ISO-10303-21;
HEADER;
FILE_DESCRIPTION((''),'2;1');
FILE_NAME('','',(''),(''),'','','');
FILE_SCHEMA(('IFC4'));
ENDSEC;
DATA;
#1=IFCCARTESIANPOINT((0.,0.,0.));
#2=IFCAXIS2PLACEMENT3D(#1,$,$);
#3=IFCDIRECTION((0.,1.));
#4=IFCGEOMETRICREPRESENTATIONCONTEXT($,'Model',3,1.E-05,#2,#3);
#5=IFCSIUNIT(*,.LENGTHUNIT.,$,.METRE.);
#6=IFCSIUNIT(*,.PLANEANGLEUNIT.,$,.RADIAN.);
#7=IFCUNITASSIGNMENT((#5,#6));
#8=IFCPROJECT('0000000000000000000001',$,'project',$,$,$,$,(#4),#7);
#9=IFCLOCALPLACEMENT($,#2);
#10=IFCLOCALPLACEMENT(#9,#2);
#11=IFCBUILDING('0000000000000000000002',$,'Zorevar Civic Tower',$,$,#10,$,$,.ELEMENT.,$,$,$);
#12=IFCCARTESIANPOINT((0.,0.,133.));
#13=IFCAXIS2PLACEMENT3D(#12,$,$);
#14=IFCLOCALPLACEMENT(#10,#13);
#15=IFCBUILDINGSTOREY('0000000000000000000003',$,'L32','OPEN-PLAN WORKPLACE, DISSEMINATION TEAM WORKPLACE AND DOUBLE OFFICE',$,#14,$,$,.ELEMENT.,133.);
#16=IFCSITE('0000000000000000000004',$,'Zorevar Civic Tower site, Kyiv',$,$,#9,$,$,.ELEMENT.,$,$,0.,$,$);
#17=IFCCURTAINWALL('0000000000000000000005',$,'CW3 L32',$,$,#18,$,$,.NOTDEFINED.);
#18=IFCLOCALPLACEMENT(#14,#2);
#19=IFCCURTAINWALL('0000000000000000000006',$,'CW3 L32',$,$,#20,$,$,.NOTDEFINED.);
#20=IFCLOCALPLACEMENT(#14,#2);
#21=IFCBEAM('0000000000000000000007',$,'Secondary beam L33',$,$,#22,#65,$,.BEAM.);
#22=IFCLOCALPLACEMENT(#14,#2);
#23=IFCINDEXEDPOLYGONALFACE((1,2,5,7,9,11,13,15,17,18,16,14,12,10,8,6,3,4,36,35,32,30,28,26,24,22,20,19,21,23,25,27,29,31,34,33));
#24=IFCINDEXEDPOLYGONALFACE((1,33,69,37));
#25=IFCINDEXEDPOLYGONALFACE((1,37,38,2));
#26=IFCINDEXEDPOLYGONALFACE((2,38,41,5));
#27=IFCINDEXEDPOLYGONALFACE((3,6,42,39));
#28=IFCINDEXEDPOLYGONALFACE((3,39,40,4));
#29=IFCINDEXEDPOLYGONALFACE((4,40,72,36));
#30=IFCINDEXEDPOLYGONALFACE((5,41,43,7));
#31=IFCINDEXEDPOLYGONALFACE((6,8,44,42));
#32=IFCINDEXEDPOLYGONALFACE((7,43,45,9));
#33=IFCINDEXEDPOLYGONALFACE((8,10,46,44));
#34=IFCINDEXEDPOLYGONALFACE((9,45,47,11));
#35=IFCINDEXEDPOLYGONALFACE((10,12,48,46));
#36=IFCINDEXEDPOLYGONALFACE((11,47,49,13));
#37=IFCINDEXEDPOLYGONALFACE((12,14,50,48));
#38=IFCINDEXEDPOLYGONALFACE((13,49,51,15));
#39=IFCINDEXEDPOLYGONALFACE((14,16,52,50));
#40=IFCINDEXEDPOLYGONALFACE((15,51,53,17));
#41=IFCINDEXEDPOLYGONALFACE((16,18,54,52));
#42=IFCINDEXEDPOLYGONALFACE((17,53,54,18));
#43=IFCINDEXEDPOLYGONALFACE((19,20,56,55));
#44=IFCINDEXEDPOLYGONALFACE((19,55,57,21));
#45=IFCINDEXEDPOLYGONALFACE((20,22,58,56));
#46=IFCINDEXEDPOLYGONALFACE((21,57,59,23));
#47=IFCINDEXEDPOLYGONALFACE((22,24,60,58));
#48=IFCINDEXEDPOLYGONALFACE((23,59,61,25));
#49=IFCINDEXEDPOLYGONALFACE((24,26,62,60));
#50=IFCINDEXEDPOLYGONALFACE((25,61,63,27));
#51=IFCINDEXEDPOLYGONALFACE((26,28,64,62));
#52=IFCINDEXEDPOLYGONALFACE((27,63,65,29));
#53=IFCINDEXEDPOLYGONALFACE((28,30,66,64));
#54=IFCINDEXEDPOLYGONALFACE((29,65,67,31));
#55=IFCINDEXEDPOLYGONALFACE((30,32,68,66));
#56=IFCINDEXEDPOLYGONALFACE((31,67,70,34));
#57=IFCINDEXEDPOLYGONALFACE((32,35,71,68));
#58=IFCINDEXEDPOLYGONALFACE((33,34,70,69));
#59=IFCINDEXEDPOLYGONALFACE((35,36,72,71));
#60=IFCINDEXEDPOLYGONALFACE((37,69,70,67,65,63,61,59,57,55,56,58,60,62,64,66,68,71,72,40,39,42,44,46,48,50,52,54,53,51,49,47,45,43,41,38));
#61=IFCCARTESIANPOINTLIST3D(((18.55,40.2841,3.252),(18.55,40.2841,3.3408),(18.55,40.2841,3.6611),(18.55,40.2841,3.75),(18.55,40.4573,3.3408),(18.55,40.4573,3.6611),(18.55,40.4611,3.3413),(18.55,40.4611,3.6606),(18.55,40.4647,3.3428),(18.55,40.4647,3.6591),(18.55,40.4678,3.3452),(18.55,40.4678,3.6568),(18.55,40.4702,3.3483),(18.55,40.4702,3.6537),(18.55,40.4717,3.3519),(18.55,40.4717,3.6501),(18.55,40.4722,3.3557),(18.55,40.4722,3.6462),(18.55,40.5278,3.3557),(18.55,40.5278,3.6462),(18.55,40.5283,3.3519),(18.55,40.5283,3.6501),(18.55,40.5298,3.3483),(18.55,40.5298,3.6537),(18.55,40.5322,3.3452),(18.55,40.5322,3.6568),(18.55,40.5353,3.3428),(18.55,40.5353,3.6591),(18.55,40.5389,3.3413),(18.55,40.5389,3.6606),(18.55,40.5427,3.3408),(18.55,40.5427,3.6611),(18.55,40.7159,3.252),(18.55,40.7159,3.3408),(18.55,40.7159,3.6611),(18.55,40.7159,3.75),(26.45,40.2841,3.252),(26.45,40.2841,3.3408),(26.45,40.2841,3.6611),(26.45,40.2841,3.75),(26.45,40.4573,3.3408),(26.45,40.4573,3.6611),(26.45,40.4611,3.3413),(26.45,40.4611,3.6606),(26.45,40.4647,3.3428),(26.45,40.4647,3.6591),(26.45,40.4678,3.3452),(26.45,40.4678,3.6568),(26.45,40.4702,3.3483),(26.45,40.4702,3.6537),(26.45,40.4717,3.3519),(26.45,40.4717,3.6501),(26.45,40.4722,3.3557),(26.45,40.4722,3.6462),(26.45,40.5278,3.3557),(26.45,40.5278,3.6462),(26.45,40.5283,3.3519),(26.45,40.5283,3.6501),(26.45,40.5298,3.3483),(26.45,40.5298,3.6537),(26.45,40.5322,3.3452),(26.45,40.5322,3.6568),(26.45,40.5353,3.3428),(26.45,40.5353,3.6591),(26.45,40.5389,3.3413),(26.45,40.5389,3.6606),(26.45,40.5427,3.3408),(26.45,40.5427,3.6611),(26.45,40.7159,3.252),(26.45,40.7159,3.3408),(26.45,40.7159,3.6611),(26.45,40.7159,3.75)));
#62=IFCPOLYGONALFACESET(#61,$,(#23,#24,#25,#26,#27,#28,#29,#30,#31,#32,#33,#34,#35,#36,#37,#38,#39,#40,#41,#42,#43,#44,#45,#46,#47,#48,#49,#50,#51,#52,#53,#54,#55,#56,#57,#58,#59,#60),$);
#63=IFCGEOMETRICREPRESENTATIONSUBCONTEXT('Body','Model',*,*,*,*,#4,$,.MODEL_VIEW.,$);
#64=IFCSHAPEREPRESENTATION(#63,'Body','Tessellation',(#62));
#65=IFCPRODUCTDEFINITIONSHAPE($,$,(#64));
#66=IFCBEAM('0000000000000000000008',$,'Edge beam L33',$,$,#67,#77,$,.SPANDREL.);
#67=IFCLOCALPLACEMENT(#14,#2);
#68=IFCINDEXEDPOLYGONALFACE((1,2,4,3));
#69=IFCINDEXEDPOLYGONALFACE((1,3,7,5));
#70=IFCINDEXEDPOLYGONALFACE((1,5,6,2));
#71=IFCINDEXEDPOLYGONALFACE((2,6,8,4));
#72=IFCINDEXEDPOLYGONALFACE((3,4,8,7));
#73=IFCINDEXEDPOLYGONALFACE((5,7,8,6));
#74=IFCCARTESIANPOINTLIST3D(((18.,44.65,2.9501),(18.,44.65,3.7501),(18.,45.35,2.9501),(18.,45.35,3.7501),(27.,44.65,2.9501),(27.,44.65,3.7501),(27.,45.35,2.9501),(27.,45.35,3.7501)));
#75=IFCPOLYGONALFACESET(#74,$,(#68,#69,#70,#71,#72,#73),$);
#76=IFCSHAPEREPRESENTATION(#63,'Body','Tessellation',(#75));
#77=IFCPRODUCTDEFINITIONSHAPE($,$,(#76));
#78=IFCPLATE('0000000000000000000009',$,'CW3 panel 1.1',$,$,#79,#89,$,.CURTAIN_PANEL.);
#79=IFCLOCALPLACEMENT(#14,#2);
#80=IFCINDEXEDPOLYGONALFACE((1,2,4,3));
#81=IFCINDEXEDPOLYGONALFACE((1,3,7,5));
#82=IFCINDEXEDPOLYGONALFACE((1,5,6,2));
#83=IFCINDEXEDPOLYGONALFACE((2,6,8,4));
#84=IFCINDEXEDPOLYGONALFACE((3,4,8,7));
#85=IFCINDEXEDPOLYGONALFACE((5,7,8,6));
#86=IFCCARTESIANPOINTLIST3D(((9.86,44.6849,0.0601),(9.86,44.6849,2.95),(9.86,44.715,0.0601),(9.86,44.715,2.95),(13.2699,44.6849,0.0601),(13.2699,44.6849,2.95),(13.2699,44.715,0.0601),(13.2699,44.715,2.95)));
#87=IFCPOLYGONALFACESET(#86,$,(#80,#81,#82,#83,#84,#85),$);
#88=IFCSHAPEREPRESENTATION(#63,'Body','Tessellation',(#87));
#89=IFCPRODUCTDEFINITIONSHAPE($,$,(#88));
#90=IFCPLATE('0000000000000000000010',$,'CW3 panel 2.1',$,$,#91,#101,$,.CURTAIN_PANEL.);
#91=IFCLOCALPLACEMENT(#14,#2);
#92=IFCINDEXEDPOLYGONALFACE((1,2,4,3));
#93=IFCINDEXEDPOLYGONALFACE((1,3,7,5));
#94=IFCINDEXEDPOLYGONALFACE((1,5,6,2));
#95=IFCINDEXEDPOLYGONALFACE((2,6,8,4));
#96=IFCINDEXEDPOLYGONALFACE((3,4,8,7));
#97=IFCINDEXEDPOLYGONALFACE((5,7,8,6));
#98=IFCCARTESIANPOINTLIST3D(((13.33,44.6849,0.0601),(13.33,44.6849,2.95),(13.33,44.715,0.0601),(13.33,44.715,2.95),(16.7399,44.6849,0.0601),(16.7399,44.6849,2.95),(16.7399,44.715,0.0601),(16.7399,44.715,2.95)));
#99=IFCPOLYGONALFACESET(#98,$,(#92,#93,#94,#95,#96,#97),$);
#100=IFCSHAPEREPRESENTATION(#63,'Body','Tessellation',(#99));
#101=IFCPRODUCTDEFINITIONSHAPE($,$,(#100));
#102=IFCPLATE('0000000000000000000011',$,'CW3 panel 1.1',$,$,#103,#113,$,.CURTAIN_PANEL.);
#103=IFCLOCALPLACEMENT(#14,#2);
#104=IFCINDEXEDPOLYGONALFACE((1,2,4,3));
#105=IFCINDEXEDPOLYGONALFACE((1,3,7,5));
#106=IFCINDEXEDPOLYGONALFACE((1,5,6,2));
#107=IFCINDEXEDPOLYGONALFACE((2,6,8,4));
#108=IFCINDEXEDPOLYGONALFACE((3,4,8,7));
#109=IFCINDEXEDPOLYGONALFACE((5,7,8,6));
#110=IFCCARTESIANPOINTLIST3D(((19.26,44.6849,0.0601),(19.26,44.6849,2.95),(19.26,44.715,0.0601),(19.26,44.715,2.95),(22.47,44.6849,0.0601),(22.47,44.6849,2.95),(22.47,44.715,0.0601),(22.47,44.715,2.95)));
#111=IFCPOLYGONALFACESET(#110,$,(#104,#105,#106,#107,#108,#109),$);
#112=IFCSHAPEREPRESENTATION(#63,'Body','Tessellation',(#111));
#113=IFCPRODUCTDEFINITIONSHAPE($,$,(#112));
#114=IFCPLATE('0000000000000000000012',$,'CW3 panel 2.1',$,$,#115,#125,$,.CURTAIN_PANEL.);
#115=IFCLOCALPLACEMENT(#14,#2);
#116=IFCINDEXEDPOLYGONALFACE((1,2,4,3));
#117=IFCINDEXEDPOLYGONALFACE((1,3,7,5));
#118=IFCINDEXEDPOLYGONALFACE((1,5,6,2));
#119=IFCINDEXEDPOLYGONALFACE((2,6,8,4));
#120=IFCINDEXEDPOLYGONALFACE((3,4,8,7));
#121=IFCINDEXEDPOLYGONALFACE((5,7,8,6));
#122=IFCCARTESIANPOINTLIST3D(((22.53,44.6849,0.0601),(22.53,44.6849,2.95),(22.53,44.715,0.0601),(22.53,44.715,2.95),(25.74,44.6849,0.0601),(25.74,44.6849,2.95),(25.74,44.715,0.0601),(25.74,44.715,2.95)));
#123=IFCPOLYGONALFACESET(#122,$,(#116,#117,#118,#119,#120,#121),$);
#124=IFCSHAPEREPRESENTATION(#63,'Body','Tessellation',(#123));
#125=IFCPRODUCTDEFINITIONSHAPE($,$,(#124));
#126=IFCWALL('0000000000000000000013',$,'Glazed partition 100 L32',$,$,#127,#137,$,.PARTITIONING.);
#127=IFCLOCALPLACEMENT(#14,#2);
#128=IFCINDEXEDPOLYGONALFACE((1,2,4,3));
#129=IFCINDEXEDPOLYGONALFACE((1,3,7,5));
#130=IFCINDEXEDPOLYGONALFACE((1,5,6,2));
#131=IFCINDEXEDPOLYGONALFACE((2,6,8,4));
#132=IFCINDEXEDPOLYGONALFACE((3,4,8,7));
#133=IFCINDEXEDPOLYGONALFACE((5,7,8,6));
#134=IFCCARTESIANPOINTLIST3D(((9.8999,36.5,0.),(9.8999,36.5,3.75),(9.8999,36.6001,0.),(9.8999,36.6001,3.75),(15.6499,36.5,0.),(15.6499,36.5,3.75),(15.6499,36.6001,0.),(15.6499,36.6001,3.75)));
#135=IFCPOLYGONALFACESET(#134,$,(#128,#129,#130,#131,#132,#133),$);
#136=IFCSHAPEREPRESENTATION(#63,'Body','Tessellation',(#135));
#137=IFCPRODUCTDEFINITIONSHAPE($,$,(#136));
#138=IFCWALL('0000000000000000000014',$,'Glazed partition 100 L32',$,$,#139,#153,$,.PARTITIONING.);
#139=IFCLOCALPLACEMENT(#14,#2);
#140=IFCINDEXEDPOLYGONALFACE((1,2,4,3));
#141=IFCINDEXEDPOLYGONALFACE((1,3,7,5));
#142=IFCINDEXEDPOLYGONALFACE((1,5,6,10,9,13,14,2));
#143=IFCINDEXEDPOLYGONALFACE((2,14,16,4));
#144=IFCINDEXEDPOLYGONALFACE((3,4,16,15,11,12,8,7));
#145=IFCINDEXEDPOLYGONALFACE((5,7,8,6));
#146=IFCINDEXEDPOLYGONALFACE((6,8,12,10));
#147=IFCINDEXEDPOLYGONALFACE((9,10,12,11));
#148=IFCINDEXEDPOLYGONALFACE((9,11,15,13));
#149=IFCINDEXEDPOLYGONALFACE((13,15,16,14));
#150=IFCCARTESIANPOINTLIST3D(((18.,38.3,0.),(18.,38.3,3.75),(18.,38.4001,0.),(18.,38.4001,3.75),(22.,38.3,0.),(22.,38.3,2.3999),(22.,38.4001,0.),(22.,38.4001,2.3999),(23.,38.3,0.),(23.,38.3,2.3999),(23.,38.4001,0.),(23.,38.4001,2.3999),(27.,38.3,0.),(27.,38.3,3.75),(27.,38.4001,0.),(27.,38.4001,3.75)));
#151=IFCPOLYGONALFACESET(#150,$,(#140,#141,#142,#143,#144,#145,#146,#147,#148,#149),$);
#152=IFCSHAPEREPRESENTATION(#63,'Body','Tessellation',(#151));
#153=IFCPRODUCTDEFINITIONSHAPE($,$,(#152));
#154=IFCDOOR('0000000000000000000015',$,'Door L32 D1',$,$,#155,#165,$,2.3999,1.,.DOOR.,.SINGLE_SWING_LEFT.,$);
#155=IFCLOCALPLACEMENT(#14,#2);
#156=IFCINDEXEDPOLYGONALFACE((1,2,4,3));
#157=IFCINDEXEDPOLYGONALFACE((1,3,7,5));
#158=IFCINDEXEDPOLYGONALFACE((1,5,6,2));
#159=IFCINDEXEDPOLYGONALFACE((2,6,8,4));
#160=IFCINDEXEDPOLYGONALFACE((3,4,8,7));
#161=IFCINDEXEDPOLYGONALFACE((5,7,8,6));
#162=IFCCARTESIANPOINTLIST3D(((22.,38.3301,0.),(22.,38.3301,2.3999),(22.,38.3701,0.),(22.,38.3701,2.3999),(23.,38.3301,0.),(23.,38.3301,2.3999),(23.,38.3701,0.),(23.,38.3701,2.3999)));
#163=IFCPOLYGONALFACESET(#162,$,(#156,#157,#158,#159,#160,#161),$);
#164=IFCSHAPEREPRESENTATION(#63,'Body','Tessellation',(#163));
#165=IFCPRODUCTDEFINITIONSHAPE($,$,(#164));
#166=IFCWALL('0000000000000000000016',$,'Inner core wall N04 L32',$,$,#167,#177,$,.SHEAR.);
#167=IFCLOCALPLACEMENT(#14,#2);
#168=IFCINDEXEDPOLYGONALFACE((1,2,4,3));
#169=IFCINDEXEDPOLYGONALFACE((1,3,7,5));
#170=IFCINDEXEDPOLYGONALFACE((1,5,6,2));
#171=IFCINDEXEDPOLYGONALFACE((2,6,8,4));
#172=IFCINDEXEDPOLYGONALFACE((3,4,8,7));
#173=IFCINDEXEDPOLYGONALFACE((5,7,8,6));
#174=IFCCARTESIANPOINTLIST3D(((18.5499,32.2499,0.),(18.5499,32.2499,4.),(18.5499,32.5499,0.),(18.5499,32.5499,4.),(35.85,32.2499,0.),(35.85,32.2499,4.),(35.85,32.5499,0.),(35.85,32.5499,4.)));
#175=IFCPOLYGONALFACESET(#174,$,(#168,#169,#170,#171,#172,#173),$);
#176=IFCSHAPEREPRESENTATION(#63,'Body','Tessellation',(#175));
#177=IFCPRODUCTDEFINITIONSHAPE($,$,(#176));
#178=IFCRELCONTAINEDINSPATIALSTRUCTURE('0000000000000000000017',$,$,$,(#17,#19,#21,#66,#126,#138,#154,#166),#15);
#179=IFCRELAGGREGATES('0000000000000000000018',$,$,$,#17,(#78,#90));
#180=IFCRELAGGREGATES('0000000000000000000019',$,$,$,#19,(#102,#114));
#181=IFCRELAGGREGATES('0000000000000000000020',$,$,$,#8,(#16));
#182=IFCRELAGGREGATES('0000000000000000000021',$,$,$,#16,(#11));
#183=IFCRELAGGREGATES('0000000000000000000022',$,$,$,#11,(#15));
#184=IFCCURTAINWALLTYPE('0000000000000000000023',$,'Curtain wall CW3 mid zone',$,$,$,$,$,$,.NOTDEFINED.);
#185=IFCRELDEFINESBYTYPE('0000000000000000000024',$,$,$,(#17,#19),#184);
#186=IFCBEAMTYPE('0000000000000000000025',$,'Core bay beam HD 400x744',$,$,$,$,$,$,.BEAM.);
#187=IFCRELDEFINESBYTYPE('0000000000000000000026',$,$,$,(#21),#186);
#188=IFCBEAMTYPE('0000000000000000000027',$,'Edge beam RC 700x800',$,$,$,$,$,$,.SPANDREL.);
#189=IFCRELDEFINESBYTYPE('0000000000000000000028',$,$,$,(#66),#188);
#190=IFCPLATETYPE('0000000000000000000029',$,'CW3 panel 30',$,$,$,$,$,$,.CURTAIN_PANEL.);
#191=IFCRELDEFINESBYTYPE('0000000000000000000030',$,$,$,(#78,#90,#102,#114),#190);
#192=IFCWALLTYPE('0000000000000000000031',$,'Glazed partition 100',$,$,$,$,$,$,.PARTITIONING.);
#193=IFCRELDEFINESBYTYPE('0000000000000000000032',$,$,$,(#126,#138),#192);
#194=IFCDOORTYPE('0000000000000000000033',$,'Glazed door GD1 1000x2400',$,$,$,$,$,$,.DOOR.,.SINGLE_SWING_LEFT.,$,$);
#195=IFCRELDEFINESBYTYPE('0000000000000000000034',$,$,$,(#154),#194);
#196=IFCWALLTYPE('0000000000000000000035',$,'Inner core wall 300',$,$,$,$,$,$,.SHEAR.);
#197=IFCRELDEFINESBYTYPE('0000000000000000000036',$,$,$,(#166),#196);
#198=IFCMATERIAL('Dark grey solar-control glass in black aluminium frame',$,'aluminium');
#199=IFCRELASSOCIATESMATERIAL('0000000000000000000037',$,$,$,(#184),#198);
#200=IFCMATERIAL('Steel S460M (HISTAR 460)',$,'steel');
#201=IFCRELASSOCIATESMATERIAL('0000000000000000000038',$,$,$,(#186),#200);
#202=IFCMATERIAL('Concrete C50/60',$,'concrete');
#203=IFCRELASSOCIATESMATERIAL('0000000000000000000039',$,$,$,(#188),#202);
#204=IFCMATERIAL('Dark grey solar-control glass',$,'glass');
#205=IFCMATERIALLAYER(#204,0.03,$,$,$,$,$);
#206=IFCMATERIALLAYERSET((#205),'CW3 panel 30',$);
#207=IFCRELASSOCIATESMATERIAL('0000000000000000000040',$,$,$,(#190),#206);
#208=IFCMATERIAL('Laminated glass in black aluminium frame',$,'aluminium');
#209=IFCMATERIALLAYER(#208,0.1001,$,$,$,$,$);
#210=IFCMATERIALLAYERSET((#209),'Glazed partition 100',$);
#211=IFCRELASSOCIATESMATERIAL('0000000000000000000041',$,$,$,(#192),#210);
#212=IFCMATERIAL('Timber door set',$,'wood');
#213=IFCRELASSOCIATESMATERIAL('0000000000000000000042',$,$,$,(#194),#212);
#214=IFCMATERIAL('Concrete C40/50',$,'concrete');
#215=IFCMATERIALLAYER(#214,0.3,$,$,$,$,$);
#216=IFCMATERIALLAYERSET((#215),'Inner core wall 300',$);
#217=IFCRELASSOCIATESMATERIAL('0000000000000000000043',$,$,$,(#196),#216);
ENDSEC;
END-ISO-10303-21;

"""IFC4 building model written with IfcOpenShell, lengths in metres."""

from ifc_helpers import new_model, si_unit, direction, frame, frame_2d, origin, origin_2d, place, context, subcontext, project, spatial, rectangle, i_section, extrude, material, layer, layer_set, material_profile, profile_set, type_object, element, fill, aggregate, save


model = new_model("IFC4")

# Units and contexts
model_context = context("Model", 3, precision=1e-05, world=origin(), true_north=direction((0.0, 1.0)))
body_context = subcontext(model_context, "Body", "Model", "MODEL_VIEW")
ifc_project = project(units=[si_unit("LENGTHUNIT", "METRE"), si_unit("PLANEANGLEUNIT", "RADIAN")], contexts=[model_context])

# Site, building, storey
site_placement = place(None, origin())
site = spatial("IfcSite", under=ifc_project, at=site_placement, Name="Zorevar Civic Tower site, Kyiv", CompositionType="ELEMENT", RefElevation=0.0)
building_placement = place(site_placement, origin())
building = spatial("IfcBuilding", under=site, at=building_placement, Name="Zorevar Civic Tower", CompositionType="ELEMENT")
storey_placement = place(building_placement, frame((0.0, 0.0, 133.0)))
storey = spatial("IfcBuildingStorey", under=building, at=storey_placement, Name="L32", Description="OPEN-PLAN WORKPLACE, DISSEMINATION TEAM WORKPLACE AND DOUBLE OFFICE", CompositionType="ELEMENT", Elevation=133.0)

# Curtain walls
ifc_material_1 = material(Name="Dark grey solar-control glass in black aluminium frame", Category="aluminium")
curtain_wall_type = type_object("IfcCurtainWallType", Name="Curtain wall CW3 mid zone", PredefinedType="NOTDEFINED", material=ifc_material_1)
curtain_wall_1_placement = place(storey_placement, origin())
curtain_wall_1 = element("IfcCurtainWall", 1, at=curtain_wall_1_placement, inside=storey, type_object=curtain_wall_type, Name="CW3 L32", PredefinedType="NOTDEFINED")
curtain_wall_2_placement = place(storey_placement, origin())
curtain_wall_2 = element("IfcCurtainWall", 2, at=curtain_wall_2_placement, inside=storey, type_object=curtain_wall_type, Name="CW3 L32", PredefinedType="NOTDEFINED")

# Beams
ifc_material_2 = material(Name="Steel S460M (HISTAR 460)", Category="steel")
ifc_material_profile_1 = material_profile(ifc_material_2, i_section(OverallWidth=0.4319, OverallDepth=0.498, WebThickness=0.0557, FlangeThickness=0.0889, FilletRadius=0.0149, at=origin_2d()), Name="HD 400x744")
ifc_profile_set_1 = profile_set([ifc_material_profile_1], Name="Steel S460M (HISTAR 460)")
beam_type_1 = type_object("IfcBeamType", Name="Core bay beam HD 400x744", PredefinedType="BEAM", material=ifc_profile_set_1)
beam_1_placement = place(storey_placement, frame((18.55, 40.5, 3.501), z_axis=(1.0, 0.0, 0.0), x_axis=(0.0, 1.0, 0.0)))
element("IfcBeam", 3, at=beam_1_placement, inside=storey, type_object=beam_type_1, Name="Secondary beam L33", PredefinedType="BEAM", context=body_context, shape_type="SweptSolid", body=[
    extrude(i_section(OverallWidth=0.4319, OverallDepth=0.498, WebThickness=0.0557, FlangeThickness=0.0889, FilletRadius=0.0149, at=origin_2d()), origin(), (0.0, 0.0, 1.0), 7.8999),
])
ifc_material_3 = material(Name="Concrete C50/60", Category="concrete")
ifc_material_profile_2 = material_profile(ifc_material_3, rectangle(XDim=0.7, YDim=0.8, at=origin_2d()), Name="RC 700x800")
ifc_profile_set_2 = profile_set([ifc_material_profile_2], Name="Concrete C50/60")
beam_type_2 = type_object("IfcBeamType", Name="Edge beam RC 700x800", PredefinedType="SPANDREL", material=ifc_profile_set_2)
beam_2_placement = place(storey_placement, frame((18.0, 45.0, 3.3501), z_axis=(1.0, 0.0, 0.0), x_axis=(0.0, 1.0, 0.0)))
element("IfcBeam", 4, at=beam_2_placement, inside=storey, type_object=beam_type_2, Name="Edge beam L33", PredefinedType="SPANDREL", context=body_context, shape_type="SweptSolid", body=[
    extrude(rectangle(XDim=0.7, YDim=0.8, at=origin_2d()), origin(), (0.0, 0.0, 1.0), 9.0),
])

# Plates
ifc_material_4 = material(Name="Dark grey solar-control glass", Category="glass")
ifc_layer_1 = layer(ifc_material_4, 0.03)
ifc_layer_set_1 = layer_set([ifc_layer_1], Name="CW3 panel 30")
plate_type = type_object("IfcPlateType", Name="CW3 panel 30", PredefinedType="CURTAIN_PANEL", material=ifc_layer_set_1)
plate_1_placement = place(storey_placement, frame((11.5649, 44.7, 0.0601), z_axis=(0.0, 0.0, 1.0), x_axis=(1.0, 0.0, 0.0)))
plate_1 = element("IfcPlate", 5, at=plate_1_placement, type_object=plate_type, Name="CW3 panel 1.1", PredefinedType="CURTAIN_PANEL", context=body_context, shape_type="SweptSolid", body=[
    extrude(rectangle(XDim=3.4099, YDim=0.03, at=origin_2d()), origin(), (0.0, 0.0, 1.0), 2.8899),
])
plate_2_placement = place(storey_placement, frame((15.0349, 44.7, 0.0601), z_axis=(0.0, 0.0, 1.0), x_axis=(1.0, 0.0, 0.0)))
plate_2 = element("IfcPlate", 6, at=plate_2_placement, type_object=plate_type, Name="CW3 panel 2.1", PredefinedType="CURTAIN_PANEL", context=body_context, shape_type="SweptSolid", body=[
    extrude(rectangle(XDim=3.4099, YDim=0.03, at=origin_2d()), origin(), (0.0, 0.0, 1.0), 2.8899),
])
aggregate(curtain_wall_1, [plate_1, plate_2])
plate_3_placement = place(storey_placement, frame((20.865, 44.7, 0.0601), z_axis=(0.0, 0.0, 1.0), x_axis=(1.0, 0.0, 0.0)))
plate_3 = element("IfcPlate", 7, at=plate_3_placement, type_object=plate_type, Name="CW3 panel 1.1", PredefinedType="CURTAIN_PANEL", context=body_context, shape_type="SweptSolid", body=[
    extrude(rectangle(XDim=3.21, YDim=0.03, at=origin_2d()), origin(), (0.0, 0.0, 1.0), 2.8899),
])
plate_4_placement = place(storey_placement, frame((24.135, 44.7, 0.0601), z_axis=(0.0, 0.0, 1.0), x_axis=(1.0, 0.0, 0.0)))
plate_4 = element("IfcPlate", 8, at=plate_4_placement, type_object=plate_type, Name="CW3 panel 2.1", PredefinedType="CURTAIN_PANEL", context=body_context, shape_type="SweptSolid", body=[
    extrude(rectangle(XDim=3.21, YDim=0.03, at=origin_2d()), origin(), (0.0, 0.0, 1.0), 2.8899),
])
aggregate(curtain_wall_2, [plate_3, plate_4])

# Wall
ifc_material_5 = material(Name="Laminated glass in black aluminium frame", Category="aluminium")
ifc_layer_2 = layer(ifc_material_5, 0.1001)
ifc_layer_set_2 = layer_set([ifc_layer_2], Name="Glazed partition 100")
wall_type_1 = type_object("IfcWallType", Name="Glazed partition 100", PredefinedType="PARTITIONING", material=ifc_layer_set_2)
wall_1_placement = place(storey_placement, frame((9.8999, 36.55, 0.0), z_axis=(0.0, 0.0, 1.0), x_axis=(1.0, 0.0, 0.0)))
element("IfcWall", 9, at=wall_1_placement, inside=storey, type_object=wall_type_1, Name="Glazed partition 100 L32", PredefinedType="PARTITIONING", context=body_context, shape_type="SweptSolid", body=[
    extrude(rectangle(XDim=5.75, YDim=0.1001, at=frame_2d((2.875, 0.0))), origin(), (0.0, 0.0, 1.0), 3.75),
])

# Wall, opening, door
wall_2_placement = place(storey_placement, frame((18.0, 38.3501, 0.0), z_axis=(0.0, 0.0, 1.0), x_axis=(1.0, 0.0, 0.0)))
wall_2 = element("IfcWall", 10, at=wall_2_placement, inside=storey, type_object=wall_type_1, Name="Glazed partition 100 L32", PredefinedType="PARTITIONING", context=body_context, shape_type="SweptSolid", body=[
    extrude(rectangle(XDim=9.0, YDim=0.1001, at=frame_2d((4.5, 0.0))), origin(), (0.0, 0.0, 1.0), 3.75),
])
opening_1_placement = place(wall_2_placement, frame((4.0, 0.0, 0.0)))
opening_1 = element("IfcOpeningElement", 11, at=opening_1_placement, cuts=wall_2, PredefinedType="OPENING", context=body_context, shape_type="SweptSolid", body=[
    extrude(rectangle(XDim=1.0, YDim=2.3999, at=frame_2d((0.5, 1.2))), frame((0.0, 0.0601, 0.0), z_axis=(0.0, -1.0, 0.0), x_axis=(1.0, 0.0, 0.0)), (0.0, 0.0, 1.0), 0.1201),
])
ifc_material_6 = material(Name="Timber door set", Category="wood")
door_type_1 = type_object("IfcDoorType", Name="Glazed door GD1 1000x2400", OperationType="SINGLE_SWING_LEFT", PredefinedType="DOOR", material=ifc_material_6)
door_1_placement = place(opening_1_placement, origin())
door_1 = element("IfcDoor", 12, at=door_1_placement, inside=storey, type_object=door_type_1, Name="Door L32 D1", OperationType="SINGLE_SWING_LEFT", OverallHeight=2.3999, OverallWidth=1.0, PredefinedType="DOOR", context=body_context, shape_type="SweptSolid", body=[
    extrude(rectangle(XDim=1.0, YDim=2.3999, at=frame_2d((0.5, 1.2))), frame((0.0, 0.02, 0.0), z_axis=(0.0, -1.0, 0.0), x_axis=(1.0, 0.0, 0.0)), (0.0, 0.0, 1.0), 0.04),
])
fill(opening_1, door_1)

# Wall
ifc_material_7 = material(Name="Concrete C40/50", Category="concrete")
ifc_layer_3 = layer(ifc_material_7, 0.3)
ifc_layer_set_3 = layer_set([ifc_layer_3], Name="Inner core wall 300")
wall_type_2 = type_object("IfcWallType", Name="Inner core wall 300", PredefinedType="SHEAR", material=ifc_layer_set_3)
wall_3_placement = place(storey_placement, frame((18.55, 32.3999, 0.0), z_axis=(0.0, 0.0, 1.0), x_axis=(1.0, 0.0, 0.0)))
element("IfcWall", 13, at=wall_3_placement, inside=storey, type_object=wall_type_2, Name="Inner core wall N04 L32", PredefinedType="SHEAR", context=body_context, shape_type="SweptSolid", body=[
    extrude(rectangle(XDim=17.3, YDim=0.3, at=frame_2d((8.6499, 0.0))), origin(), (0.0, 0.0, 1.0), 4.0),
])

save(model, "model.ifc")
